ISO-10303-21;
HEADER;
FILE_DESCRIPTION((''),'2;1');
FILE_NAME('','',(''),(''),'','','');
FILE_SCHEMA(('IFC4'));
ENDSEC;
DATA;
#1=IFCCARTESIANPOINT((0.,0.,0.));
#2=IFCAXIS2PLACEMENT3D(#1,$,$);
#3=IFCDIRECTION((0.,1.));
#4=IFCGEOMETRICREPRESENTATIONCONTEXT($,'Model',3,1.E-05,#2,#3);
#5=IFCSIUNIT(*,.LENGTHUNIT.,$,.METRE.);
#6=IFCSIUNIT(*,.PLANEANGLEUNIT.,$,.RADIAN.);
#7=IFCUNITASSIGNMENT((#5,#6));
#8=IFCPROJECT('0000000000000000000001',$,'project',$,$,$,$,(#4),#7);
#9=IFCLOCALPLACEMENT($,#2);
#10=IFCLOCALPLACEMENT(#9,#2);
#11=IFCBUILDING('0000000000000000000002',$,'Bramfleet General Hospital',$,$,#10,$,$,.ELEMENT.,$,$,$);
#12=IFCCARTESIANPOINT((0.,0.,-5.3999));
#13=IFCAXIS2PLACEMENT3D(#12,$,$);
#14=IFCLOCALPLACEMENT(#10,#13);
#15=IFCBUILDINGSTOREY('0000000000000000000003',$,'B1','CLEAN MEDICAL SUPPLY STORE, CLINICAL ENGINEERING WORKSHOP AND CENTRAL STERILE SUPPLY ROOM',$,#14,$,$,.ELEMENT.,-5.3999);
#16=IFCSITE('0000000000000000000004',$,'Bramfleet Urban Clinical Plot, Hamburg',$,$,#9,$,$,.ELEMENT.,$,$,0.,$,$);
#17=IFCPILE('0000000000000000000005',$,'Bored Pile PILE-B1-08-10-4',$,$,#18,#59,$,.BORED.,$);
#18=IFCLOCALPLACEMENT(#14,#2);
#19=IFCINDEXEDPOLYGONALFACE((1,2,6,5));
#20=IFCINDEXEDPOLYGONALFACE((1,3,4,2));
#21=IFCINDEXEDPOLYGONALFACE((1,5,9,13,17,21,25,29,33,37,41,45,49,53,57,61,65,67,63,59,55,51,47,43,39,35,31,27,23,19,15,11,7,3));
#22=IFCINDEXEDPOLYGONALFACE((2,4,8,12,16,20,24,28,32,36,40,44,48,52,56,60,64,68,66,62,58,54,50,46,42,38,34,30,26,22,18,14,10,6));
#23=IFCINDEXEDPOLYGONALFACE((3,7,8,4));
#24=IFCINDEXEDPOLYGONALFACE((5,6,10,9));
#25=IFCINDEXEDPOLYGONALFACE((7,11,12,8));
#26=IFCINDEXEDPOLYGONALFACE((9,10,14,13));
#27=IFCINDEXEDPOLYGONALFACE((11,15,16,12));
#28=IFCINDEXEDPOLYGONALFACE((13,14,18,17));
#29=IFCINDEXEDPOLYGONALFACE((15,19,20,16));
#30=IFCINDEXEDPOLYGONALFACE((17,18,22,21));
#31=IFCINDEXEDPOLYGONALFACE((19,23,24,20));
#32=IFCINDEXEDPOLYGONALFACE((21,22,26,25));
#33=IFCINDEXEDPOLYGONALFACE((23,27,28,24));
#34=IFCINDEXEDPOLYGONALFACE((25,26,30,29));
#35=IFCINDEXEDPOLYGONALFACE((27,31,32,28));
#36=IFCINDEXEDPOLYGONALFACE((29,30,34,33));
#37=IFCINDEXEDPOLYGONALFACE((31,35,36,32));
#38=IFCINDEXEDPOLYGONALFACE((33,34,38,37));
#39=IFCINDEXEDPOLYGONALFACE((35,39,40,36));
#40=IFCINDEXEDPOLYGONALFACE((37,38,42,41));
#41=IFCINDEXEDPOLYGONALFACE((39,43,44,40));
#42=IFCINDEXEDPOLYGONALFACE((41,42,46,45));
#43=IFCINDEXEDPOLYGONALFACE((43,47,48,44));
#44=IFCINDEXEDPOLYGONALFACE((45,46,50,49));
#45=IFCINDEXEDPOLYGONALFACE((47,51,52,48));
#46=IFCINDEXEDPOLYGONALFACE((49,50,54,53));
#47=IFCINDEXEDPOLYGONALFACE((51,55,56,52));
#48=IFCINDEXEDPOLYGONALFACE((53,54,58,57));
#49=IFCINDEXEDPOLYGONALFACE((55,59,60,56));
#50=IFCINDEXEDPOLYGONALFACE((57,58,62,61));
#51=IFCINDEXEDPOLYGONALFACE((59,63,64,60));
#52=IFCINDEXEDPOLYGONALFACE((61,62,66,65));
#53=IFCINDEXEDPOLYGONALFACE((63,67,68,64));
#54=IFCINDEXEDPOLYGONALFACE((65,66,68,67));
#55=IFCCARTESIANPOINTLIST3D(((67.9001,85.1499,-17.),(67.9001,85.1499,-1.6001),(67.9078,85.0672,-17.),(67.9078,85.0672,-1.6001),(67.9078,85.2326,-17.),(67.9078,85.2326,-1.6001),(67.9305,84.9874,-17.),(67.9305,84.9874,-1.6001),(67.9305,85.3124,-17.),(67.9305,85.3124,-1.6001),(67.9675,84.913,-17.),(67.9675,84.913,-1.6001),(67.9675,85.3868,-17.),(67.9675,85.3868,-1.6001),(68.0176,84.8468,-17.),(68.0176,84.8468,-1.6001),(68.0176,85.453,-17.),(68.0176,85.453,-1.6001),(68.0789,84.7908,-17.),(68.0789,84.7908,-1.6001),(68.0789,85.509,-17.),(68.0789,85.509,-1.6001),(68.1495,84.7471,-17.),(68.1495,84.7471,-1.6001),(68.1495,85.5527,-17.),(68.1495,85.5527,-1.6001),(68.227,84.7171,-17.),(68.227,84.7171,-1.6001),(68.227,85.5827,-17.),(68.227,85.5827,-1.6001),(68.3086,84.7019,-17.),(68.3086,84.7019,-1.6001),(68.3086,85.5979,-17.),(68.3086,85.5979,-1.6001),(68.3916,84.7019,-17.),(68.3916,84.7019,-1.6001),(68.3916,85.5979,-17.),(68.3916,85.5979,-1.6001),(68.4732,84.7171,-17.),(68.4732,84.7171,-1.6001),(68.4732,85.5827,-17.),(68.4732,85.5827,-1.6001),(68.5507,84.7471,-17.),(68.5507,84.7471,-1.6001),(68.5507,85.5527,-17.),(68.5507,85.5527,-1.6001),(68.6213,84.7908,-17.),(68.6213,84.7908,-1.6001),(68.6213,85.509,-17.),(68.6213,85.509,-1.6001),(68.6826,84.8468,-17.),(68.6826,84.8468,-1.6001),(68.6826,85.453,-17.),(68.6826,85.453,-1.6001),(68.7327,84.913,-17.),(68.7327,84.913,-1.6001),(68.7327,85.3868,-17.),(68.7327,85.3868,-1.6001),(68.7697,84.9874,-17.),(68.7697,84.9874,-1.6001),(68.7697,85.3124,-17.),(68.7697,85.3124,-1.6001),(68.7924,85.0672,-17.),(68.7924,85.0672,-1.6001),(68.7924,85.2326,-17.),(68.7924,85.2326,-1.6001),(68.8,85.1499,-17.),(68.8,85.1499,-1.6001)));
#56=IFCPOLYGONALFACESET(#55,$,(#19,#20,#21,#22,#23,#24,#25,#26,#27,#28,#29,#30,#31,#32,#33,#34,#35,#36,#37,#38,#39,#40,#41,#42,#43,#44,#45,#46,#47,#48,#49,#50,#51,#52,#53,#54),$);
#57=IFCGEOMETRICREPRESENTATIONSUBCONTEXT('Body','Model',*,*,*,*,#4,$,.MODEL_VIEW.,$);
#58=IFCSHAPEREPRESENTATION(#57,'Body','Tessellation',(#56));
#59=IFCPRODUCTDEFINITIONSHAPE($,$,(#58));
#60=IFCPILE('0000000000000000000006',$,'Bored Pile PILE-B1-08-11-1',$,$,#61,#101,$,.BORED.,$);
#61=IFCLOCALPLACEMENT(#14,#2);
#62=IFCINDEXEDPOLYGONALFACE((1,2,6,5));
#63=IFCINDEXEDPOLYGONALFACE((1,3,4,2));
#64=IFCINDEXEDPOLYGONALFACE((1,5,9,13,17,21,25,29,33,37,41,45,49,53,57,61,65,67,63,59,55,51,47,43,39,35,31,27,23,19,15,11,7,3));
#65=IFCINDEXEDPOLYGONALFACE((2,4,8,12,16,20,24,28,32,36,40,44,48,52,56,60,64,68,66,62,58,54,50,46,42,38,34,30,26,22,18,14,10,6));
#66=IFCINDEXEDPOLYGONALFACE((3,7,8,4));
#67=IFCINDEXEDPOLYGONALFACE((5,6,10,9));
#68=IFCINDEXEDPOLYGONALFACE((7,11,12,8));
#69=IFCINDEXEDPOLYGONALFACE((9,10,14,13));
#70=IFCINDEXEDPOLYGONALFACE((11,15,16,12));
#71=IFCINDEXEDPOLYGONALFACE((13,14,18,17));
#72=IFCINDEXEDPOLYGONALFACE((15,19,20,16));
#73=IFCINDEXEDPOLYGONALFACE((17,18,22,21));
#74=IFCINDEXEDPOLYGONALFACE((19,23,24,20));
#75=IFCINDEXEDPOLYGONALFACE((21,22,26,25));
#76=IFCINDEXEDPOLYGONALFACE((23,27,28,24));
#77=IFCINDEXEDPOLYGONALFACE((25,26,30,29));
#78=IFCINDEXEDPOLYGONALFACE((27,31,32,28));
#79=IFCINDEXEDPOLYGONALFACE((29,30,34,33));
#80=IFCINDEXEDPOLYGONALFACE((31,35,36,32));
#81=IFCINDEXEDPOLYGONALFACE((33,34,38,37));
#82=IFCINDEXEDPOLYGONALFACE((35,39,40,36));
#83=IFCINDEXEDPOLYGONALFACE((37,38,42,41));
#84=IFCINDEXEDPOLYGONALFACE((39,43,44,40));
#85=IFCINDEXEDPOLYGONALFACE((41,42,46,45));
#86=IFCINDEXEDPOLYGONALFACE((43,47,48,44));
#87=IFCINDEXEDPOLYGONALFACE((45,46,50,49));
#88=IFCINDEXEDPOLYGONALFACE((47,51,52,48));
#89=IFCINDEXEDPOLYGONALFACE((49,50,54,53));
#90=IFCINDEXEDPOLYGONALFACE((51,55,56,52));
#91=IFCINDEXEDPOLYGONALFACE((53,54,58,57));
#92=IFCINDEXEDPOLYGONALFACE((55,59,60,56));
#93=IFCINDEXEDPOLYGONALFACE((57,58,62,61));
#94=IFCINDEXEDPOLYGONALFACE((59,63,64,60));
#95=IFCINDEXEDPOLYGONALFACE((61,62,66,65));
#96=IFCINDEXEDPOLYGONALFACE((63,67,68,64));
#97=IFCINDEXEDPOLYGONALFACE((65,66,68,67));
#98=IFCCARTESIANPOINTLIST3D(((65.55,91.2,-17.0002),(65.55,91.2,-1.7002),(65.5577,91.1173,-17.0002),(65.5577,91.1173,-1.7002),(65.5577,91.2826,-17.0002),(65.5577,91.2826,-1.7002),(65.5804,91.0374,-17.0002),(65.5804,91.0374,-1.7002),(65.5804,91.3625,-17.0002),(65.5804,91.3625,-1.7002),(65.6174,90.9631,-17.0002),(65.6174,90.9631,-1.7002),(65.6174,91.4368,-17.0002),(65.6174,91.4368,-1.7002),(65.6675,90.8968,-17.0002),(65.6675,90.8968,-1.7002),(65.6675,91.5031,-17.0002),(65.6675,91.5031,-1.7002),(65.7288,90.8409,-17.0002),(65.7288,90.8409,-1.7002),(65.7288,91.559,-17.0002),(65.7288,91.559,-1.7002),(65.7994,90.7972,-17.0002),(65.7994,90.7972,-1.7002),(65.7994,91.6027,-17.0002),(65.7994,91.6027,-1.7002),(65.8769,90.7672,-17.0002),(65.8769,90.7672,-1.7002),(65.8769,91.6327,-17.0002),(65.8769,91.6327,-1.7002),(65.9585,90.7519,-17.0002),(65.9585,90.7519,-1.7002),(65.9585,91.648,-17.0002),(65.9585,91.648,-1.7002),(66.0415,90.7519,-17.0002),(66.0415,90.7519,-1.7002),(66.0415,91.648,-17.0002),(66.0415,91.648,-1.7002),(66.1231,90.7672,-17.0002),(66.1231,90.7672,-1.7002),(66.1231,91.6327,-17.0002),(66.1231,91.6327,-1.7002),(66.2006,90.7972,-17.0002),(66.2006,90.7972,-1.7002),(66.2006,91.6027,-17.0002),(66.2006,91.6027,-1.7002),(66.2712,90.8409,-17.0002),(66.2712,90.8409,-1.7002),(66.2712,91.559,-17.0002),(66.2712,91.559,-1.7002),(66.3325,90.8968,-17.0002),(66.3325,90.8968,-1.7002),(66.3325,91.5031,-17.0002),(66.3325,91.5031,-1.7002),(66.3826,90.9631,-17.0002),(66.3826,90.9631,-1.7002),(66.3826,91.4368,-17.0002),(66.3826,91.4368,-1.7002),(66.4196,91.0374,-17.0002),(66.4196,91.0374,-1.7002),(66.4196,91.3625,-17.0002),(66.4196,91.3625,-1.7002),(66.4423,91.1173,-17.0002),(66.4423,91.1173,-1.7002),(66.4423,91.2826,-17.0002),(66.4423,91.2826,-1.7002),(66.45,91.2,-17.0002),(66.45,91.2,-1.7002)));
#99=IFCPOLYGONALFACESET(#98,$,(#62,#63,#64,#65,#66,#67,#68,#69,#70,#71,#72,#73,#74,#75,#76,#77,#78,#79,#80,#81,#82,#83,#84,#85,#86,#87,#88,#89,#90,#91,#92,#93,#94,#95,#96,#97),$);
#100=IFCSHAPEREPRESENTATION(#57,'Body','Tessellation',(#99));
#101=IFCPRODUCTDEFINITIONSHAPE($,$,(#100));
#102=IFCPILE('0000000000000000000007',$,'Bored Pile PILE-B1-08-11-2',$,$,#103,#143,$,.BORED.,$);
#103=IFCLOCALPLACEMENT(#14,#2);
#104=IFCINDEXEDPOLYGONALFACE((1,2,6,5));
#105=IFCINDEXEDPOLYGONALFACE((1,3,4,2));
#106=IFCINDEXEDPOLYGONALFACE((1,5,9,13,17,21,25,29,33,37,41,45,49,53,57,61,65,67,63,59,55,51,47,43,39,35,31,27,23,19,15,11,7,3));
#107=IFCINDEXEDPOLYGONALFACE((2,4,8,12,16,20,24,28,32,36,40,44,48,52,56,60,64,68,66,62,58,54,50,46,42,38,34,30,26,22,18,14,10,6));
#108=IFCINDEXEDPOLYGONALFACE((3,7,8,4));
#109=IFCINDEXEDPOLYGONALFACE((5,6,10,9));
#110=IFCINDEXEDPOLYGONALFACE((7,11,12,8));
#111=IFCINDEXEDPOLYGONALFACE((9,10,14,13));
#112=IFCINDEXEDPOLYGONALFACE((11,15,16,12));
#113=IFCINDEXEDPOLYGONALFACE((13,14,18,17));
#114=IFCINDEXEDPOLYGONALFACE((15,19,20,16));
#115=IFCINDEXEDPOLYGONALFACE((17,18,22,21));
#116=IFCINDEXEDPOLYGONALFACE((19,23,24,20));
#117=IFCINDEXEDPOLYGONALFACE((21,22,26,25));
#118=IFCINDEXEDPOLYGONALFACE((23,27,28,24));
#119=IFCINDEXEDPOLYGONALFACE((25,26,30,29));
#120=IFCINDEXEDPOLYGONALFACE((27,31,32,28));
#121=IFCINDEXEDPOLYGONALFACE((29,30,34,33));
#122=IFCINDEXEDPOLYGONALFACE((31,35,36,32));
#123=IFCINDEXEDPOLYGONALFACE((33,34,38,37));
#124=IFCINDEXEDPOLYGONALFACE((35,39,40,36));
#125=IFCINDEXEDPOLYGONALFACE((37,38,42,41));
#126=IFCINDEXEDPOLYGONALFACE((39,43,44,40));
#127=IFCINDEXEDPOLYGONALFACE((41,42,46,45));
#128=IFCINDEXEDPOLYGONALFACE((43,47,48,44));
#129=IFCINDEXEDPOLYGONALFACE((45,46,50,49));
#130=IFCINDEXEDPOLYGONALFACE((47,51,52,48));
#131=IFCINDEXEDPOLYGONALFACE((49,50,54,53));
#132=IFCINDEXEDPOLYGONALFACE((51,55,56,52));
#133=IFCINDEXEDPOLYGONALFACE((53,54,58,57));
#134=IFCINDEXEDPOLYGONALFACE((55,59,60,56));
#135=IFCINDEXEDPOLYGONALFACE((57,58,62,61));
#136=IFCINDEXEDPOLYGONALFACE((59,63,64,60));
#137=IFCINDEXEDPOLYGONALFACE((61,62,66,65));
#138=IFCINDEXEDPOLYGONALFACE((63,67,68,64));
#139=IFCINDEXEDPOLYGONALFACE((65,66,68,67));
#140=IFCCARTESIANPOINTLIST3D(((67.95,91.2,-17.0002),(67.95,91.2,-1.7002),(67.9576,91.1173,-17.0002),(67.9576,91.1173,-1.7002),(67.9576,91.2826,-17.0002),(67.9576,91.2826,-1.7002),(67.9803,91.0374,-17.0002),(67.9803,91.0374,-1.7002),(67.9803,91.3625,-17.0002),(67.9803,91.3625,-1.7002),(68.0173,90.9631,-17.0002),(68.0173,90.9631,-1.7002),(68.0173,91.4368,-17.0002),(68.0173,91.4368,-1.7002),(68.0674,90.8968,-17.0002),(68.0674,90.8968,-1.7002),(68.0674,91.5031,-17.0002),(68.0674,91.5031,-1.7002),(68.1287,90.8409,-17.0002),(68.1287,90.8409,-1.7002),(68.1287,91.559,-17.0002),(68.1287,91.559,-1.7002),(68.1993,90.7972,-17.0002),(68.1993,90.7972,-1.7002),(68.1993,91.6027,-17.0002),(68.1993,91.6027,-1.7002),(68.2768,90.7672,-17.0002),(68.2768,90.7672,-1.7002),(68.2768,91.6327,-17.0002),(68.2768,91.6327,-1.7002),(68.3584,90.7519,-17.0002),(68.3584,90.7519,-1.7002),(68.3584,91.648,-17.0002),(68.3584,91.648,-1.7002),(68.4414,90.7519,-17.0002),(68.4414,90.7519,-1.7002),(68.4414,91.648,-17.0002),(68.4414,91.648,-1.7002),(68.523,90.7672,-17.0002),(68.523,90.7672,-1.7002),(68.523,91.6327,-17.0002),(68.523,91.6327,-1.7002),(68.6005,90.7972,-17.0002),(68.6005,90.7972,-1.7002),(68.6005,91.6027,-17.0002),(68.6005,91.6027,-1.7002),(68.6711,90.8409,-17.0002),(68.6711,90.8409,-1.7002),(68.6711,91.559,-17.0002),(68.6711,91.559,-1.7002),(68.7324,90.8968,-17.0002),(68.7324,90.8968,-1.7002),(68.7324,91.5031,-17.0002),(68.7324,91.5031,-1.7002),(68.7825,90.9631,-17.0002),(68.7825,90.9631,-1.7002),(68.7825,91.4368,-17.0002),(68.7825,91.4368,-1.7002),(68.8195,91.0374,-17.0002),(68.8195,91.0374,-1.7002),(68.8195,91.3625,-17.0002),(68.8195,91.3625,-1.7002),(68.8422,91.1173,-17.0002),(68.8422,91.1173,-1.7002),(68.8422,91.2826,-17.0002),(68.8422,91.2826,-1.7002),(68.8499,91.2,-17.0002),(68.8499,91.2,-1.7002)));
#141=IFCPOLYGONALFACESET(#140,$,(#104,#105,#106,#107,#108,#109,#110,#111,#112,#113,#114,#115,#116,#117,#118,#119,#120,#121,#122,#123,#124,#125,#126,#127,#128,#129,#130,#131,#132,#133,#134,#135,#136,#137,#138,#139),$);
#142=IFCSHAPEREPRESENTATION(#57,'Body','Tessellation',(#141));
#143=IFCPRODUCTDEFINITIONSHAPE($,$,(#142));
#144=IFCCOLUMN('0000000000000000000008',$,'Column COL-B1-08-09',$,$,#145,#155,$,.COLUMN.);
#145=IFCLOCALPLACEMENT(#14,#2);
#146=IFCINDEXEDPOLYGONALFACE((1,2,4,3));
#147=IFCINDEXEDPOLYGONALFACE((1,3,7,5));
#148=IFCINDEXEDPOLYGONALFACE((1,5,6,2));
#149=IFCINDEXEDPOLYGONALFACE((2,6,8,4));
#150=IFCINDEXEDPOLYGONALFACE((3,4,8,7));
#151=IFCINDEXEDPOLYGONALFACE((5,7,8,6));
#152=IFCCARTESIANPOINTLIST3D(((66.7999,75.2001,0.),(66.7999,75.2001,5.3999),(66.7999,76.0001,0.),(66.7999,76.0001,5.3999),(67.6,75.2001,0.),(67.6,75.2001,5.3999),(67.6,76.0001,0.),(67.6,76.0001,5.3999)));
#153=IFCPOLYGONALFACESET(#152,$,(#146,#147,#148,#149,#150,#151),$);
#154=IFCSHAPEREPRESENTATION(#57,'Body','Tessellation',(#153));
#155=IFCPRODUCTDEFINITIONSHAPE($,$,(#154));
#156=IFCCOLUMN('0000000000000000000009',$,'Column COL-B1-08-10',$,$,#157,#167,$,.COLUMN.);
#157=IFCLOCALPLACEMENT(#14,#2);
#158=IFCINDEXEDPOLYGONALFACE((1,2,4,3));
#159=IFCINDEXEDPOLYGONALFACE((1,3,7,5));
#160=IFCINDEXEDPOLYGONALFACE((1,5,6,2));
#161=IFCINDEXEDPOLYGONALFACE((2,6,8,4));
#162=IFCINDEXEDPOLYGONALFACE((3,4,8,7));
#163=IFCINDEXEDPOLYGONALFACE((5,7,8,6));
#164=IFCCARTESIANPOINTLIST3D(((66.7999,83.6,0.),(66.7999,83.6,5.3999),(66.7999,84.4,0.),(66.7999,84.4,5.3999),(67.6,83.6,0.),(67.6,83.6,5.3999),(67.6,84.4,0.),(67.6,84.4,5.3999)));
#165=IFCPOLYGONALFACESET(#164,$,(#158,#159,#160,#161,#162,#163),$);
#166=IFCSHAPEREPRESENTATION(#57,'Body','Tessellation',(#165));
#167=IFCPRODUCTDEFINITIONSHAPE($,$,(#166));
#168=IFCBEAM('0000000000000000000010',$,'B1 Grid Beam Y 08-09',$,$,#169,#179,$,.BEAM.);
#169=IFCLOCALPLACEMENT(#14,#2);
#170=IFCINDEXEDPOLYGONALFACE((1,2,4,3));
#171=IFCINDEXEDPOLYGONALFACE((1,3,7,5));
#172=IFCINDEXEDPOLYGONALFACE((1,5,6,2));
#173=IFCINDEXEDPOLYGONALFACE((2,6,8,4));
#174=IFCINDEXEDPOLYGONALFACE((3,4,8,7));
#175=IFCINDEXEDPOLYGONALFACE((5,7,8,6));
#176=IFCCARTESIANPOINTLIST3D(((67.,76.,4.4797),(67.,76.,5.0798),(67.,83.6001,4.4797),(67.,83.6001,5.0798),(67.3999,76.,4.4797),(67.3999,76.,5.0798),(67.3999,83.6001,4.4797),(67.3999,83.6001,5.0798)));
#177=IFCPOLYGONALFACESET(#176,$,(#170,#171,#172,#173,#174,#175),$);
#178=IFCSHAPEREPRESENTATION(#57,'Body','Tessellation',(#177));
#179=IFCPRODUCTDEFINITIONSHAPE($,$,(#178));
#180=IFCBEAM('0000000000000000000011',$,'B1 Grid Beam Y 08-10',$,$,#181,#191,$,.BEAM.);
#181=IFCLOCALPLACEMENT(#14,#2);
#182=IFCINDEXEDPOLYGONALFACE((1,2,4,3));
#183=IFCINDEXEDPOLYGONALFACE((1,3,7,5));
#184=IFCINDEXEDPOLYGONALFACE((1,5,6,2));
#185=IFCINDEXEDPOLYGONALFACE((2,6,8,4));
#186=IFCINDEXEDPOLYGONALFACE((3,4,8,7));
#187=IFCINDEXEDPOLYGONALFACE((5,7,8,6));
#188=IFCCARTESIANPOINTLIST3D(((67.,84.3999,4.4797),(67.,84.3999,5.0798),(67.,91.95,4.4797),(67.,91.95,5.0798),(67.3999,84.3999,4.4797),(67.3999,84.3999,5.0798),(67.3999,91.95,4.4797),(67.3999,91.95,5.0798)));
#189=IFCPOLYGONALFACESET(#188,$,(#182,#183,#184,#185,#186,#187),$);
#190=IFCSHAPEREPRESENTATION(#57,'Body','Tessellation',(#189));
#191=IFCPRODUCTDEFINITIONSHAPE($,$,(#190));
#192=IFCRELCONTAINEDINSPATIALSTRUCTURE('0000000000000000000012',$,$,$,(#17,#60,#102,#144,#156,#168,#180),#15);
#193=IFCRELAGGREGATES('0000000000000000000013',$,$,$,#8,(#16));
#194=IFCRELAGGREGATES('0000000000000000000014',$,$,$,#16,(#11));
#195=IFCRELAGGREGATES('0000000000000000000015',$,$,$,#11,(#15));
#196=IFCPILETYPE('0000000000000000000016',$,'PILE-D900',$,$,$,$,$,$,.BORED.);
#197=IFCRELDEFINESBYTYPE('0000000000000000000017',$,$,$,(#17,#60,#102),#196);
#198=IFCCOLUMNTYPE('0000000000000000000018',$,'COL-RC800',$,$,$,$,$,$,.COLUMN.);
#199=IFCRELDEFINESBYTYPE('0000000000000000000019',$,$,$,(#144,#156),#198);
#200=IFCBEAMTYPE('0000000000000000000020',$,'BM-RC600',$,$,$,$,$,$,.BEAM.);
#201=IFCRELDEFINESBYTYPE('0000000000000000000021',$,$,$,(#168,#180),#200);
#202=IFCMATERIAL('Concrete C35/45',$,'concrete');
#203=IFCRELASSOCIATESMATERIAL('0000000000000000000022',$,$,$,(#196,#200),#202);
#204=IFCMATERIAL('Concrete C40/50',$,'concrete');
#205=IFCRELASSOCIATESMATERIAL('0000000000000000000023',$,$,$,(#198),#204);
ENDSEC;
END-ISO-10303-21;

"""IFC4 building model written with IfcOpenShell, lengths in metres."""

from ifc_helpers import new_model, si_unit, direction, frame, origin, origin_2d, place, context, subcontext, project, spatial, rectangle, circle, extrude, material, material_profile, profile_set, type_object, element, save


model = new_model("IFC4")

# Units and contexts
model_context = context("Model", 3, precision=1e-05, world=origin(), true_north=direction((0.0, 1.0)))
body_context = subcontext(model_context, "Body", "Model", "MODEL_VIEW")
ifc_project = project(units=[si_unit("LENGTHUNIT", "METRE"), si_unit("PLANEANGLEUNIT", "RADIAN")], contexts=[model_context])

# Site, building, storey
site_placement = place(None, origin())
site = spatial("IfcSite", under=ifc_project, at=site_placement, Name="Bramfleet Urban Clinical Plot, Hamburg", CompositionType="ELEMENT", RefElevation=0.0)
building_placement = place(site_placement, origin())
building = spatial("IfcBuilding", under=site, at=building_placement, Name="Bramfleet General Hospital", CompositionType="ELEMENT")
storey_placement = place(building_placement, frame((0.0, 0.0, -5.3999)))
storey = spatial("IfcBuildingStorey", under=building, at=storey_placement, Name="B1", Description="CLEAN MEDICAL SUPPLY STORE, CLINICAL ENGINEERING WORKSHOP AND CENTRAL STERILE SUPPLY ROOM", CompositionType="ELEMENT", Elevation=-5.3999)

# Shared definitions
ifc_material_1 = material(Name="Concrete C35/45", Category="concrete")

# Piles
ifc_material_profile_1 = material_profile(ifc_material_1, circle(Radius=0.45, at=origin_2d()), Name="PILE BORED D900")
ifc_profile_set_1 = profile_set([ifc_material_profile_1], Name="Concrete C35/45")
pile_type = type_object("IfcPileType", Name="PILE-D900", PredefinedType="BORED", material=ifc_profile_set_1)
for number, where, z_axis, x_axis, name in (
    (1, (68.3501, 85.1499, -1.6001), (0.0, 0.0, -1.0), (1.0, 0.0, 0.0), "Bored Pile PILE-B1-08-10-4"),
):
    element("IfcPile", number, at=place(storey_placement, frame(where, z_axis=z_axis, x_axis=x_axis)), inside=storey, type_object=pile_type, Name=name, PredefinedType="BORED", context=body_context, shape_type="SweptSolid", body=[
        extrude(circle(Radius=0.45, at=origin_2d()), origin(), (0.0, 0.0, 1.0), 15.3999),
    ])
for number, where, z_axis, x_axis, name in (
    (2, (66.0, 91.2, -1.7002), (0.0, 0.0, -1.0), (1.0, 0.0, 0.0), "Bored Pile PILE-B1-08-11-1"),
    (3, (68.3999, 91.2, -1.7002), (0.0, 0.0, -1.0), (1.0, 0.0, 0.0), "Bored Pile PILE-B1-08-11-2"),
):
    element("IfcPile", number, at=place(storey_placement, frame(where, z_axis=z_axis, x_axis=x_axis)), inside=storey, type_object=pile_type, Name=name, PredefinedType="BORED", context=body_context, shape_type="SweptSolid", body=[
        extrude(circle(Radius=0.45, at=origin_2d()), origin(), (0.0, 0.0, 1.0), 15.3),
    ])

# Columns
ifc_material_2 = material(Name="Concrete C40/50", Category="concrete")
ifc_material_profile_2 = material_profile(ifc_material_2, rectangle(XDim=0.8, YDim=0.8, at=origin_2d()), Name="RC COL 800x800")
ifc_profile_set_2 = profile_set([ifc_material_profile_2], Name="Concrete C40/50")
column_type = type_object("IfcColumnType", Name="COL-RC800", PredefinedType="COLUMN", material=ifc_profile_set_2)
for number, where, z_axis, x_axis, name in (
    (4, (67.2, 75.6001, 0.0), (0.0, 0.0, 1.0), (1.0, 0.0, 0.0), "Column COL-B1-08-09"),
    (5, (67.2, 84.0, 0.0), (0.0, 0.0, 1.0), (1.0, 0.0, 0.0), "Column COL-B1-08-10"),
):
    element("IfcColumn", number, at=place(storey_placement, frame(where, z_axis=z_axis, x_axis=x_axis)), inside=storey, type_object=column_type, Name=name, PredefinedType="COLUMN", context=body_context, shape_type="SweptSolid", body=[
        extrude(rectangle(XDim=0.8, YDim=0.8, at=origin_2d()), origin(), (0.0, 0.0, 1.0), 5.3999),
    ])

# Beams
ifc_material_profile_3 = material_profile(ifc_material_1, rectangle(XDim=0.3999, YDim=0.6001, at=origin_2d()), Name="RC BM 600x400")
ifc_profile_set_3 = profile_set([ifc_material_profile_3], Name="Concrete C35/45")
beam_type_1 = type_object("IfcBeamType", Name="BM-RC600", PredefinedType="BEAM", material=ifc_profile_set_3)
beam_1_placement = place(storey_placement, frame((67.2, 76.0, 4.7798), z_axis=(0.0, 1.0, 0.0), x_axis=(-1.0, 0.0, 0.0)))
element("IfcBeam", 6, at=beam_1_placement, inside=storey, type_object=beam_type_1, Name="B1 Grid Beam Y 08-09", PredefinedType="BEAM", context=body_context, shape_type="SweptSolid", body=[
    extrude(rectangle(XDim=0.3999, YDim=0.6001, at=origin_2d()), origin(), (0.0, 0.0, 1.0), 7.6001),
])
beam_2_placement = place(storey_placement, frame((67.2, 84.3999, 4.7798), z_axis=(0.0, 1.0, 0.0), x_axis=(-1.0, 0.0, 0.0)))
element("IfcBeam", 7, at=beam_2_placement, inside=storey, type_object=beam_type_1, Name="B1 Grid Beam Y 08-10", PredefinedType="BEAM", context=body_context, shape_type="SweptSolid", body=[
    extrude(rectangle(XDim=0.3999, YDim=0.6001, at=origin_2d()), origin(), (0.0, 0.0, 1.0), 7.55),
])

save(model, "model.ifc")
